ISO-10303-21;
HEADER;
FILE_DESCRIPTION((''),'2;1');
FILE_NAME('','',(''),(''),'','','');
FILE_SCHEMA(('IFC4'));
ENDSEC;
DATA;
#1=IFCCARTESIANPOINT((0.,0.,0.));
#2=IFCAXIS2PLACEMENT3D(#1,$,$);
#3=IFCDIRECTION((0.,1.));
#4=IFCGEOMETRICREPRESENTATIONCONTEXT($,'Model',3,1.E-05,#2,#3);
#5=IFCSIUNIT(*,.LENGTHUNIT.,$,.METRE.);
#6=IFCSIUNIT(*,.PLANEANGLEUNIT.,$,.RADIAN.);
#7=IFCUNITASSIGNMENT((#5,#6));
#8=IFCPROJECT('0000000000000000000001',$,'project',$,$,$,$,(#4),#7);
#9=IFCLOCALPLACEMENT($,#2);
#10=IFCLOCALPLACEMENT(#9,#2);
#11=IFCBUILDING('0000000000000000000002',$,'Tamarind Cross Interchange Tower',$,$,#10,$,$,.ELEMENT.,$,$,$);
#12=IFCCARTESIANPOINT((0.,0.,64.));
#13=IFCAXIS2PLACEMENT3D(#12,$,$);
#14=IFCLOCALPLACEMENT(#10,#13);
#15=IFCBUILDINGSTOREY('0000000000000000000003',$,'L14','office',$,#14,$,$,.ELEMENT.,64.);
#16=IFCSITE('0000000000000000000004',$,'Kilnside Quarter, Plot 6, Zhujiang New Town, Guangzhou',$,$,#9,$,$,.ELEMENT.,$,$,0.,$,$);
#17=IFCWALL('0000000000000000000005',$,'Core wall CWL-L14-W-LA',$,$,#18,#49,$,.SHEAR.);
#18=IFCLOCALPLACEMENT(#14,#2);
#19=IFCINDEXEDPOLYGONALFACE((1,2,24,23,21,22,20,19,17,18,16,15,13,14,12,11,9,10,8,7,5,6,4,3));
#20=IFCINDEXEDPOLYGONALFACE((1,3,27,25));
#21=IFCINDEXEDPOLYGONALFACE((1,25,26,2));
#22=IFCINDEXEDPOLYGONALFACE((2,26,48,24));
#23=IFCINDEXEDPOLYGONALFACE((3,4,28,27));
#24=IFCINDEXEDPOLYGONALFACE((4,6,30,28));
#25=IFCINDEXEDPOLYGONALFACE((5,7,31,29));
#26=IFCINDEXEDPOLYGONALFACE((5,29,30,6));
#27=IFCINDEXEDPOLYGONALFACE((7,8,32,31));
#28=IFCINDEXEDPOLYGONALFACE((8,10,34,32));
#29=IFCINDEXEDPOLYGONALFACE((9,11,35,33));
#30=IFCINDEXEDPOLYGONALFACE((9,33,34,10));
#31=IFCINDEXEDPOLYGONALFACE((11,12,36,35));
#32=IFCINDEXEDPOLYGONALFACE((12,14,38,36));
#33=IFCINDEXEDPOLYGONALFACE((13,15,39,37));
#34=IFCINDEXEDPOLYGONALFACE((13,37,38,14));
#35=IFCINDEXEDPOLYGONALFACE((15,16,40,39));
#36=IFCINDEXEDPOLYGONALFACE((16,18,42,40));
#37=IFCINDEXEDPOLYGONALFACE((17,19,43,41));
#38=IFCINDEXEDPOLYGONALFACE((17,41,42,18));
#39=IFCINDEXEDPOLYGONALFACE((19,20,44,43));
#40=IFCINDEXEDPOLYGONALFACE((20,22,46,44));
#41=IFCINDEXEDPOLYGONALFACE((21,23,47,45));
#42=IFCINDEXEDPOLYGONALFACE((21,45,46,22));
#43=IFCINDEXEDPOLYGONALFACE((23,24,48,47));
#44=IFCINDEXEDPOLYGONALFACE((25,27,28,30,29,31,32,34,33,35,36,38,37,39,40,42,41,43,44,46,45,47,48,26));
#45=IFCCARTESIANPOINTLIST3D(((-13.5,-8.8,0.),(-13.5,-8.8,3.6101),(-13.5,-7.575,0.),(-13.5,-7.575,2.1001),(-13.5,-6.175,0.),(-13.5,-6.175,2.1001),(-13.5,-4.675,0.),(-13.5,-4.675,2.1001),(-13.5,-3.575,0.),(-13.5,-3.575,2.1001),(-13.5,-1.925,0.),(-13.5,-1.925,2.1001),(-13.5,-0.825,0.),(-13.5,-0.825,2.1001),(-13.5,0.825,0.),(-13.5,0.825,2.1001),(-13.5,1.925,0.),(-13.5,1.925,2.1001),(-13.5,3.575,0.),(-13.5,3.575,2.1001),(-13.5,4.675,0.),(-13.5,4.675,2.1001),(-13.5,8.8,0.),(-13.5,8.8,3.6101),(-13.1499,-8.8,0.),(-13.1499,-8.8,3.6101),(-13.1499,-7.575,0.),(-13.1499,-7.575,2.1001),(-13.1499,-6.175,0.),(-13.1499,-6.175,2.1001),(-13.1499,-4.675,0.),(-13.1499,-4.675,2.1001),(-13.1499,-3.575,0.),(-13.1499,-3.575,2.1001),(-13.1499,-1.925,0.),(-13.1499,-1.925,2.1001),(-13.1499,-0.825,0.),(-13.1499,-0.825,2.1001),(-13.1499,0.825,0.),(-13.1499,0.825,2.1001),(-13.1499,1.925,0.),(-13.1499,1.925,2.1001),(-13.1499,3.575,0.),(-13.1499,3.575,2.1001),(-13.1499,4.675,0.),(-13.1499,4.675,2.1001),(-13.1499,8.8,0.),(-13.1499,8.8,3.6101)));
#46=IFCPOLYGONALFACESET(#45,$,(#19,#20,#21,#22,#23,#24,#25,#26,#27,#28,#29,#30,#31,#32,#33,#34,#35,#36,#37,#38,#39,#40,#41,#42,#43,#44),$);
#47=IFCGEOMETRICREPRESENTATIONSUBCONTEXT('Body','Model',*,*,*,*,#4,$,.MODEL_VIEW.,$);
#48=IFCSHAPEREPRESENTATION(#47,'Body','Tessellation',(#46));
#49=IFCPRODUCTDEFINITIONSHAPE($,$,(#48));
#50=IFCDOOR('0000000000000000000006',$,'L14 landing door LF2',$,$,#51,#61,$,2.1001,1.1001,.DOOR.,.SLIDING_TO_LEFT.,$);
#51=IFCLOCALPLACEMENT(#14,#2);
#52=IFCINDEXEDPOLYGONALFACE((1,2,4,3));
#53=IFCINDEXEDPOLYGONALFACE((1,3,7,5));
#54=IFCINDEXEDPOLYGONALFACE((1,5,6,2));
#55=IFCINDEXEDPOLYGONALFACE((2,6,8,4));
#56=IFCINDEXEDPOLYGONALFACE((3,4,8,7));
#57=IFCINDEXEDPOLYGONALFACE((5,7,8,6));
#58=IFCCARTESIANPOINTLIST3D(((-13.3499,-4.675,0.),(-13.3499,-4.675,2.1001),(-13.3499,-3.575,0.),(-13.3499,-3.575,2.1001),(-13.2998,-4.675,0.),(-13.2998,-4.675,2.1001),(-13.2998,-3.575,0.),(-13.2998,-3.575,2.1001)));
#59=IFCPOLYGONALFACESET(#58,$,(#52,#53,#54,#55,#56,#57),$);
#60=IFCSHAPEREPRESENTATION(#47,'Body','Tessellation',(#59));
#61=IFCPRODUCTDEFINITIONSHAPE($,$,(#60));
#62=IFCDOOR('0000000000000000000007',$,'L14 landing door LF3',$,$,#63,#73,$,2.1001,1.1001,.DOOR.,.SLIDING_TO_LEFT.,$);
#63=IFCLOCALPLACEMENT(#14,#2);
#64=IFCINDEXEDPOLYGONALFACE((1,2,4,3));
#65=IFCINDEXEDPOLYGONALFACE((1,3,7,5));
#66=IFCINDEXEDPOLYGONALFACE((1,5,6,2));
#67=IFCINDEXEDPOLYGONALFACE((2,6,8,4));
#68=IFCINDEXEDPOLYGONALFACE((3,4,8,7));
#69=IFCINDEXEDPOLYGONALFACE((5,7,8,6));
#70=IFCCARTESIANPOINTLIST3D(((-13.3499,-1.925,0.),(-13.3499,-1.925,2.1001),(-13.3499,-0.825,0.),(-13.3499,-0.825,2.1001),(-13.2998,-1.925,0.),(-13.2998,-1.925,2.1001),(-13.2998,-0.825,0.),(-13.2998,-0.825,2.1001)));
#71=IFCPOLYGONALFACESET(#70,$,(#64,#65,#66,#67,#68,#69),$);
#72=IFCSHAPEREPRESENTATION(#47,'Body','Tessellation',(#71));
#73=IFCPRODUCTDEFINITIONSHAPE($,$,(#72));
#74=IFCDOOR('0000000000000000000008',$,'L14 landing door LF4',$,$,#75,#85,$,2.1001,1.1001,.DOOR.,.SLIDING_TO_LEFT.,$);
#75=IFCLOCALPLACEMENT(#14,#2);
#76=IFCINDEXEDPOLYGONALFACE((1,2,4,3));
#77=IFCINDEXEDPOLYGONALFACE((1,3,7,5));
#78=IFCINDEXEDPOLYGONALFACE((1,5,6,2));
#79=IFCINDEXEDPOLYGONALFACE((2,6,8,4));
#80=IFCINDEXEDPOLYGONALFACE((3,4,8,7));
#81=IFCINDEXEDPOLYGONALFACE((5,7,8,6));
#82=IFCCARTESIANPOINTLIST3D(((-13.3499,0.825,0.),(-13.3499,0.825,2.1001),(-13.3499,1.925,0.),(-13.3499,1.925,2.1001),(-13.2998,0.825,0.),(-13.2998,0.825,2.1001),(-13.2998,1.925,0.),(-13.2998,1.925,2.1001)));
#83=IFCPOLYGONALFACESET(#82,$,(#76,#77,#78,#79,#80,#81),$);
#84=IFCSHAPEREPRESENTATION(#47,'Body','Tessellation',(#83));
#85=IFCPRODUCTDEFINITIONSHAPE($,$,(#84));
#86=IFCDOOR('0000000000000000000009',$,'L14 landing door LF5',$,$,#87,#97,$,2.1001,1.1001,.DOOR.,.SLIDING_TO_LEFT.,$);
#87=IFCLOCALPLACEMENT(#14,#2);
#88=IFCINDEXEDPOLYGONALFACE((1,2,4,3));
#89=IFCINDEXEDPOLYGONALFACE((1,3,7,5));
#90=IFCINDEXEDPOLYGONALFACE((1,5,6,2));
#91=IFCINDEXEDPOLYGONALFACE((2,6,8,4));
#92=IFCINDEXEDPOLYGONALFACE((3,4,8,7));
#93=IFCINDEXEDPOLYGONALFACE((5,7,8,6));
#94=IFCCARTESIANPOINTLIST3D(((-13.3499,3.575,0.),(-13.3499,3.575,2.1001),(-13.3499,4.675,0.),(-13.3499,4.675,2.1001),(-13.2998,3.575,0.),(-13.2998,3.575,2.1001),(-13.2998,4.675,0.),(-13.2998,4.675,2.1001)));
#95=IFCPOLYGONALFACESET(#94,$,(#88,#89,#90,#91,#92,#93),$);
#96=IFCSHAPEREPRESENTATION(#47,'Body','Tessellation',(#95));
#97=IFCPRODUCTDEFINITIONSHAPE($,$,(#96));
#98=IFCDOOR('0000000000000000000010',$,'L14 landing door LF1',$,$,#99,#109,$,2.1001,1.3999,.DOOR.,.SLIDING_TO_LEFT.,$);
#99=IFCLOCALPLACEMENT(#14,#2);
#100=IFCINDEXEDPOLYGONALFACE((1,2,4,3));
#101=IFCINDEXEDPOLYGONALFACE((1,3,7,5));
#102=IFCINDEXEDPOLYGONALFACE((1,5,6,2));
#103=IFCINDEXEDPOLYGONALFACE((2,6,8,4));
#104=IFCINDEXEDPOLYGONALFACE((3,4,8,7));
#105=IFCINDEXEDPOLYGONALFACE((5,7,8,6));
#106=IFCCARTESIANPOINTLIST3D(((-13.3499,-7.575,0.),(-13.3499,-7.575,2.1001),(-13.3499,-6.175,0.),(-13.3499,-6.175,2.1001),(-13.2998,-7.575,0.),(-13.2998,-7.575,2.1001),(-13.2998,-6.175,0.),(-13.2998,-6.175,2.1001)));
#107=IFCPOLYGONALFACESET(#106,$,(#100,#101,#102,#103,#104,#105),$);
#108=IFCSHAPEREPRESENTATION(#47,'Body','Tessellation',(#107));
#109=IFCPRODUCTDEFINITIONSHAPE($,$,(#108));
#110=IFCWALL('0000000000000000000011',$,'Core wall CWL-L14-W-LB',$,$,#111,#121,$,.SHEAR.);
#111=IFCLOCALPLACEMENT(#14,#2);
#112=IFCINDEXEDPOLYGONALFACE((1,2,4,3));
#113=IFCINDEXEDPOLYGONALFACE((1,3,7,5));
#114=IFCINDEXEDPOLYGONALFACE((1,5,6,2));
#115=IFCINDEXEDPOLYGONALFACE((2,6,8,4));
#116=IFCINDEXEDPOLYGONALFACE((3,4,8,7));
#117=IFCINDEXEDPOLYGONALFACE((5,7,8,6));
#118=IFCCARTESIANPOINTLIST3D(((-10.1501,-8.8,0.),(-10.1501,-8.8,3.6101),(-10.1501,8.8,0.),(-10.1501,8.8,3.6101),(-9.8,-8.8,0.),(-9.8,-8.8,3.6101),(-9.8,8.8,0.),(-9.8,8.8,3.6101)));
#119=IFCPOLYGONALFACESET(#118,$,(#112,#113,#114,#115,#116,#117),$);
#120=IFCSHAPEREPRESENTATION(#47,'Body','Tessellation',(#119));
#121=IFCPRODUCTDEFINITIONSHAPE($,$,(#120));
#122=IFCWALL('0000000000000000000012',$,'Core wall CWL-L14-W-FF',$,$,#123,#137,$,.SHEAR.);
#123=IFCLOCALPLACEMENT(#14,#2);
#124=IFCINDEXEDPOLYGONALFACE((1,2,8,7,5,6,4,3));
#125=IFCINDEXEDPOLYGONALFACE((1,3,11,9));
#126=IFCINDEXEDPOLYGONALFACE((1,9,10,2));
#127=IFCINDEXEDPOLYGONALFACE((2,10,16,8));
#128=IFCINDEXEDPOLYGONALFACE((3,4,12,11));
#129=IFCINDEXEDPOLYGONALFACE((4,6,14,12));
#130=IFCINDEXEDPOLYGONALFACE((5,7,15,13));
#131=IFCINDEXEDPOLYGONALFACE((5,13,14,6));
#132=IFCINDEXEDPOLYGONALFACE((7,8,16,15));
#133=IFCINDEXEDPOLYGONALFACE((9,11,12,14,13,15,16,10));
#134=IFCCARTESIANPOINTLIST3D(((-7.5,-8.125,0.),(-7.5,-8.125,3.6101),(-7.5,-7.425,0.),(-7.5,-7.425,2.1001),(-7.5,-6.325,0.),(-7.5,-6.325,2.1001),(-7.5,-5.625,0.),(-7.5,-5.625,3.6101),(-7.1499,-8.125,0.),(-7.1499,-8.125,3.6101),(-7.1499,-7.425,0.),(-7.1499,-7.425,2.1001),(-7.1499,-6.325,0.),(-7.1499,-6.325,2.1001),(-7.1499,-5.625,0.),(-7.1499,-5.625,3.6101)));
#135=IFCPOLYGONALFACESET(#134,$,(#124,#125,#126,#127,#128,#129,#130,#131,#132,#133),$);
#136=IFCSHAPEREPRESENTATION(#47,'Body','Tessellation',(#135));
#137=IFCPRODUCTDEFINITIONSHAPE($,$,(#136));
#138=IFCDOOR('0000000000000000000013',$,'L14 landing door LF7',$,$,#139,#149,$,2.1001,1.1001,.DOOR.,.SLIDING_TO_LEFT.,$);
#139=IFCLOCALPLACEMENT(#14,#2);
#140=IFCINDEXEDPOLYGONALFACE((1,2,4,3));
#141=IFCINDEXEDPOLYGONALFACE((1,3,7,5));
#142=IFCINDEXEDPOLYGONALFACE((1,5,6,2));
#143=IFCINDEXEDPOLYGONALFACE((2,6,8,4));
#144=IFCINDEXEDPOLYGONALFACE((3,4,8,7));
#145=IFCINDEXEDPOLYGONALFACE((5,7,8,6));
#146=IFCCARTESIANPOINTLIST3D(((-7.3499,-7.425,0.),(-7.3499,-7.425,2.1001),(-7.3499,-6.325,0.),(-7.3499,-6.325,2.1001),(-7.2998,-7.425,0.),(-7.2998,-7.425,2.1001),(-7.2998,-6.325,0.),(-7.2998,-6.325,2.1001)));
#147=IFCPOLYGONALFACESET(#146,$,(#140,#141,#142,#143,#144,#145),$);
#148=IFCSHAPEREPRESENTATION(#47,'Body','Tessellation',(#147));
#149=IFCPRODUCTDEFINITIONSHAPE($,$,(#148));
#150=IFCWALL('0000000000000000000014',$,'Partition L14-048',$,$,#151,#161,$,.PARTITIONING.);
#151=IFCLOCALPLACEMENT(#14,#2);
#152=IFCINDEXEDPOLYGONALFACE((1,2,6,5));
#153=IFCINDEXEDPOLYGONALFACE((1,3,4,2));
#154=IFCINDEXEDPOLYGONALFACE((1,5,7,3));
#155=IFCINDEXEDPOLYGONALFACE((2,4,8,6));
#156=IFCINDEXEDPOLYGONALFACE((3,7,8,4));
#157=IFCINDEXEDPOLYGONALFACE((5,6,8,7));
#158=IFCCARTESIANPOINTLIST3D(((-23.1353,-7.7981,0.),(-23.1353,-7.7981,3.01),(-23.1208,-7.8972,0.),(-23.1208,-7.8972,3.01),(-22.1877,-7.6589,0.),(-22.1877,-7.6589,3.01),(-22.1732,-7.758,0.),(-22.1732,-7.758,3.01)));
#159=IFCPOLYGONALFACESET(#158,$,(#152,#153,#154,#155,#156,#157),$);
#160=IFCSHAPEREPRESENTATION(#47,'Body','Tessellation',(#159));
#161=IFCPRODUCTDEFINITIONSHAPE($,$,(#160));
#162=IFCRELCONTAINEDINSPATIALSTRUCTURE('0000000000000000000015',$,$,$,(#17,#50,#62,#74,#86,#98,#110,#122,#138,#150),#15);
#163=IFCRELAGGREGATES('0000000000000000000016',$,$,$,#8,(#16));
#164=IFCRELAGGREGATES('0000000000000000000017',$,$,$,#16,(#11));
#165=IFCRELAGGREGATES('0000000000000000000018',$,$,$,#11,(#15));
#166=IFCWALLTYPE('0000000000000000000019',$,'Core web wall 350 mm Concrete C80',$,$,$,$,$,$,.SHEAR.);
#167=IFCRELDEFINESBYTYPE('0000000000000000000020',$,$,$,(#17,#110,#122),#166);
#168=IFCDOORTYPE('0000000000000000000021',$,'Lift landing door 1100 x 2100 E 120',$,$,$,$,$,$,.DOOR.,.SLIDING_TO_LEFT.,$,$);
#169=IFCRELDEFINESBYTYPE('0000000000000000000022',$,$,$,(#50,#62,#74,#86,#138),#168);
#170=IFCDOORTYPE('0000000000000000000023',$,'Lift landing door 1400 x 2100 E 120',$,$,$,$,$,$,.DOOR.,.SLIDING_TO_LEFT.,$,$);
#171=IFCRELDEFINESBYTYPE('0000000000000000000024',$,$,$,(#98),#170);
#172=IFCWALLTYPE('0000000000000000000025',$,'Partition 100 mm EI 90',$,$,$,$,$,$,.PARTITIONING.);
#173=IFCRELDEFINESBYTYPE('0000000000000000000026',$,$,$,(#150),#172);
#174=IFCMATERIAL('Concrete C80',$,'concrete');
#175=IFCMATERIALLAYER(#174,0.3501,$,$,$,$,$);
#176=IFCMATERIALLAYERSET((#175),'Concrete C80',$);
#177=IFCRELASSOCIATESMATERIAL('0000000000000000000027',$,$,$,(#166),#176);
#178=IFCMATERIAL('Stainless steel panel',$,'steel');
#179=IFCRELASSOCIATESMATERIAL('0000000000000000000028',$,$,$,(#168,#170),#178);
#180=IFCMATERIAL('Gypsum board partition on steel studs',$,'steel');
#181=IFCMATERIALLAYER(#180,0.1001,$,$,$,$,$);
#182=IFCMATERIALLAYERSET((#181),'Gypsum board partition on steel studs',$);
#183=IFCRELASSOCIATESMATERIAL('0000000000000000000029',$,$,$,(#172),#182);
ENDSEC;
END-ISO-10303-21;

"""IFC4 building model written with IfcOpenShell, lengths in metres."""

from ifc_helpers import new_model, si_unit, direction, frame, frame_2d, origin, place, context, subcontext, project, spatial, rectangle, extrude, material, layer, layer_set, type_object, element, fill, save


model = new_model("IFC4")

# Units and contexts
model_context = context("Model", 3, precision=1e-05, world=origin(), true_north=direction((0.0, 1.0)))
body_context = subcontext(model_context, "Body", "Model", "MODEL_VIEW")
ifc_project = project(units=[si_unit("LENGTHUNIT", "METRE"), si_unit("PLANEANGLEUNIT", "RADIAN")], contexts=[model_context])

# Site, building, storey
site_placement = place(None, origin())
site = spatial("IfcSite", under=ifc_project, at=site_placement, Name="Kilnside Quarter, Plot 6, Zhujiang New Town, Guangzhou", CompositionType="ELEMENT", RefElevation=0.0)
building_placement = place(site_placement, origin())
building = spatial("IfcBuilding", under=site, at=building_placement, Name="Tamarind Cross Interchange Tower", CompositionType="ELEMENT")
storey_placement = place(building_placement, frame((0.0, 0.0, 64.0)))
storey = spatial("IfcBuildingStorey", under=building, at=storey_placement, Name="L14", Description="office", CompositionType="ELEMENT", Elevation=64.0)

# Shared definitions
ifc_material_1 = material(Name="Concrete C80", Category="concrete")
ifc_layer_1 = layer(ifc_material_1, 0.3501)
ifc_layer_set_1 = layer_set([ifc_layer_1], Name="Concrete C80")
wall_type_1 = type_object("IfcWallType", Name="Core web wall 350 mm Concrete C80", PredefinedType="SHEAR", material=ifc_layer_set_1)

# Wall, openings, doors
wall_1_placement = place(storey_placement, frame((-13.325, -8.8, 0.0), z_axis=(0.0, 0.0, 1.0), x_axis=(0.0, 1.0, 0.0)))
wall_1 = element("IfcWall", 1, at=wall_1_placement, inside=storey, type_object=wall_type_1, Name="Core wall CWL-L14-W-LA", PredefinedType="SHEAR", context=body_context, shape_type="SweptSolid", body=[
    extrude(rectangle(XDim=17.6001, YDim=0.3501, at=frame_2d((8.8, 0.0))), origin(), (0.0, 0.0, 1.0), 3.6101),
])
opening_1_placement = place(wall_1_placement, frame((1.2251, 0.0, 0.0)))
opening_1 = element("IfcOpeningElement", 2, at=opening_1_placement, cuts=wall_1, PredefinedType="OPENING", context=body_context, shape_type="SweptSolid", body=[
    extrude(rectangle(XDim=1.3999, YDim=2.1001, at=frame_2d((0.7, 1.05))), frame((0.0, 0.1851, 0.0), z_axis=(0.0, -1.0, 0.0), x_axis=(1.0, 0.0, 0.0)), (0.0, 0.0, 1.0), 0.3701),
])
opening_2_placement = place(wall_1_placement, frame((4.125, 0.0, 0.0)))
opening_2 = element("IfcOpeningElement", 3, at=opening_2_placement, cuts=wall_1, PredefinedType="OPENING", context=body_context, shape_type="SweptSolid", body=[
    extrude(rectangle(XDim=1.1001, YDim=2.1001, at=frame_2d((0.55, 1.05))), frame((0.0, 0.1851, 0.0), z_axis=(0.0, -1.0, 0.0), x_axis=(1.0, 0.0, 0.0)), (0.0, 0.0, 1.0), 0.3701),
])
opening_3_placement = place(wall_1_placement, frame((6.875, 0.0, 0.0)))
opening_3 = element("IfcOpeningElement", 4, at=opening_3_placement, cuts=wall_1, PredefinedType="OPENING", context=body_context, shape_type="SweptSolid", body=[
    extrude(rectangle(XDim=1.1001, YDim=2.1001, at=frame_2d((0.55, 1.05))), frame((0.0, 0.1851, 0.0), z_axis=(0.0, -1.0, 0.0), x_axis=(1.0, 0.0, 0.0)), (0.0, 0.0, 1.0), 0.3701),
])
opening_4_placement = place(wall_1_placement, frame((9.625, 0.0, 0.0)))
opening_4 = element("IfcOpeningElement", 5, at=opening_4_placement, cuts=wall_1, PredefinedType="OPENING", context=body_context, shape_type="SweptSolid", body=[
    extrude(rectangle(XDim=1.1001, YDim=2.1001, at=frame_2d((0.55, 1.05))), frame((0.0, 0.1851, 0.0), z_axis=(0.0, -1.0, 0.0), x_axis=(1.0, 0.0, 0.0)), (0.0, 0.0, 1.0), 0.3701),
])
opening_5_placement = place(wall_1_placement, frame((12.375, 0.0, 0.0)))
opening_5 = element("IfcOpeningElement", 6, at=opening_5_placement, cuts=wall_1, PredefinedType="OPENING", context=body_context, shape_type="SweptSolid", body=[
    extrude(rectangle(XDim=1.1001, YDim=2.1001, at=frame_2d((0.55, 1.05))), frame((0.0, 0.1851, 0.0), z_axis=(0.0, -1.0, 0.0), x_axis=(1.0, 0.0, 0.0)), (0.0, 0.0, 1.0), 0.3701),
])
ifc_material_2 = material(Name="Stainless steel panel", Category="steel")
door_type_1 = type_object("IfcDoorType", Name="Lift landing door 1100 x 2100 E 120", OperationType="SLIDING_TO_LEFT", PredefinedType="DOOR", material=ifc_material_2)
door_1_placement = place(opening_2_placement, origin())
door_1 = element("IfcDoor", 7, at=door_1_placement, inside=storey, type_object=door_type_1, Name="L14 landing door LF2", OperationType="SLIDING_TO_LEFT", OverallHeight=2.1001, OverallWidth=1.1001, PredefinedType="DOOR", context=body_context, shape_type="SweptSolid", body=[
    extrude(rectangle(XDim=1.1001, YDim=2.1001, at=frame_2d((0.55, 1.05))), frame((0.0, 0.0249, 0.0), z_axis=(0.0, -1.0, 0.0), x_axis=(1.0, 0.0, 0.0)), (0.0, 0.0, 1.0), 0.05),
])
fill(opening_2, door_1)
door_2_placement = place(opening_3_placement, origin())
door_2 = element("IfcDoor", 8, at=door_2_placement, inside=storey, type_object=door_type_1, Name="L14 landing door LF3", OperationType="SLIDING_TO_LEFT", OverallHeight=2.1001, OverallWidth=1.1001, PredefinedType="DOOR", context=body_context, shape_type="SweptSolid", body=[
    extrude(rectangle(XDim=1.1001, YDim=2.1001, at=frame_2d((0.55, 1.05))), frame((0.0, 0.0249, 0.0), z_axis=(0.0, -1.0, 0.0), x_axis=(1.0, 0.0, 0.0)), (0.0, 0.0, 1.0), 0.05),
])
fill(opening_3, door_2)
door_3_placement = place(opening_4_placement, origin())
door_3 = element("IfcDoor", 9, at=door_3_placement, inside=storey, type_object=door_type_1, Name="L14 landing door LF4", OperationType="SLIDING_TO_LEFT", OverallHeight=2.1001, OverallWidth=1.1001, PredefinedType="DOOR", context=body_context, shape_type="SweptSolid", body=[
    extrude(rectangle(XDim=1.1001, YDim=2.1001, at=frame_2d((0.55, 1.05))), frame((0.0, 0.0249, 0.0), z_axis=(0.0, -1.0, 0.0), x_axis=(1.0, 0.0, 0.0)), (0.0, 0.0, 1.0), 0.05),
])
fill(opening_4, door_3)
door_4_placement = place(opening_5_placement, origin())
door_4 = element("IfcDoor", 10, at=door_4_placement, inside=storey, type_object=door_type_1, Name="L14 landing door LF5", OperationType="SLIDING_TO_LEFT", OverallHeight=2.1001, OverallWidth=1.1001, PredefinedType="DOOR", context=body_context, shape_type="SweptSolid", body=[
    extrude(rectangle(XDim=1.1001, YDim=2.1001, at=frame_2d((0.55, 1.05))), frame((0.0, 0.0249, 0.0), z_axis=(0.0, -1.0, 0.0), x_axis=(1.0, 0.0, 0.0)), (0.0, 0.0, 1.0), 0.05),
])
fill(opening_5, door_4)
door_type_2 = type_object("IfcDoorType", Name="Lift landing door 1400 x 2100 E 120", OperationType="SLIDING_TO_LEFT", PredefinedType="DOOR", material=ifc_material_2)
door_5_placement = place(opening_1_placement, origin())
door_5 = element("IfcDoor", 11, at=door_5_placement, inside=storey, type_object=door_type_2, Name="L14 landing door LF1", OperationType="SLIDING_TO_LEFT", OverallHeight=2.1001, OverallWidth=1.3999, PredefinedType="DOOR", context=body_context, shape_type="SweptSolid", body=[
    extrude(rectangle(XDim=1.3999, YDim=2.1001, at=frame_2d((0.7, 1.05))), frame((0.0, 0.0249, 0.0), z_axis=(0.0, -1.0, 0.0), x_axis=(1.0, 0.0, 0.0)), (0.0, 0.0, 1.0), 0.05),
])
fill(opening_1, door_5)

# Wall
wall_2_placement = place(storey_placement, frame((-9.9751, -8.8, 0.0), z_axis=(0.0, 0.0, 1.0), x_axis=(0.0, 1.0, 0.0)))
element("IfcWall", 12, at=wall_2_placement, inside=storey, type_object=wall_type_1, Name="Core wall CWL-L14-W-LB", PredefinedType="SHEAR", context=body_context, shape_type="SweptSolid", body=[
    extrude(rectangle(XDim=17.6001, YDim=0.3501, at=frame_2d((8.8, 0.0))), origin(), (0.0, 0.0, 1.0), 3.6101),
])

# Wall, opening, door
wall_3_placement = place(storey_placement, frame((-7.325, -8.125, 0.0), z_axis=(0.0, 0.0, 1.0), x_axis=(0.0, 1.0, 0.0)))
wall_3 = element("IfcWall", 13, at=wall_3_placement, inside=storey, type_object=wall_type_1, Name="Core wall CWL-L14-W-FF", PredefinedType="SHEAR", context=body_context, shape_type="SweptSolid", body=[
    extrude(rectangle(XDim=2.5, YDim=0.3501, at=frame_2d((1.25, 0.0))), origin(), (0.0, 0.0, 1.0), 3.6101),
])
opening_6_placement = place(wall_3_placement, frame((0.7, 0.0, 0.0)))
opening_6 = element("IfcOpeningElement", 14, at=opening_6_placement, cuts=wall_3, PredefinedType="OPENING", context=body_context, shape_type="SweptSolid", body=[
    extrude(rectangle(XDim=1.1001, YDim=2.1001, at=frame_2d((0.55, 1.05))), frame((0.0, 0.1851, 0.0), z_axis=(0.0, -1.0, 0.0), x_axis=(1.0, 0.0, 0.0)), (0.0, 0.0, 1.0), 0.3701),
])
door_6_placement = place(opening_6_placement, origin())
door_6 = element("IfcDoor", 15, at=door_6_placement, inside=storey, type_object=door_type_1, Name="L14 landing door LF7", OperationType="SLIDING_TO_LEFT", OverallHeight=2.1001, OverallWidth=1.1001, PredefinedType="DOOR", context=body_context, shape_type="SweptSolid", body=[
    extrude(rectangle(XDim=1.1001, YDim=2.1001, at=frame_2d((0.55, 1.05))), frame((0.0, 0.0249, 0.0), z_axis=(0.0, -1.0, 0.0), x_axis=(1.0, 0.0, 0.0)), (0.0, 0.0, 1.0), 0.05),
])
fill(opening_6, door_6)

# Wall
ifc_material_3 = material(Name="Gypsum board partition on steel studs", Category="steel")
ifc_layer_2 = layer(ifc_material_3, 0.1001)
ifc_layer_set_2 = layer_set([ifc_layer_2], Name="Gypsum board partition on steel studs")
wall_type_2 = type_object("IfcWallType", Name="Partition 100 mm EI 90", PredefinedType="PARTITIONING", material=ifc_layer_set_2)
wall_4_placement = place(storey_placement, frame((-23.1282, -7.8477, 0.0), z_axis=(0.0, 0.0, 1.0), x_axis=(0.989386, 0.145311, 0.0)))
element("IfcWall", 16, at=wall_4_placement, inside=storey, type_object=wall_type_2, Name="Partition L14-048", PredefinedType="PARTITIONING", context=body_context, shape_type="SweptSolid", body=[
    extrude(rectangle(XDim=0.9578, YDim=0.1001, at=frame_2d((0.479, 0.0))), origin(), (0.0, 0.0, 1.0), 3.01),
])

save(model, "model.ifc")
